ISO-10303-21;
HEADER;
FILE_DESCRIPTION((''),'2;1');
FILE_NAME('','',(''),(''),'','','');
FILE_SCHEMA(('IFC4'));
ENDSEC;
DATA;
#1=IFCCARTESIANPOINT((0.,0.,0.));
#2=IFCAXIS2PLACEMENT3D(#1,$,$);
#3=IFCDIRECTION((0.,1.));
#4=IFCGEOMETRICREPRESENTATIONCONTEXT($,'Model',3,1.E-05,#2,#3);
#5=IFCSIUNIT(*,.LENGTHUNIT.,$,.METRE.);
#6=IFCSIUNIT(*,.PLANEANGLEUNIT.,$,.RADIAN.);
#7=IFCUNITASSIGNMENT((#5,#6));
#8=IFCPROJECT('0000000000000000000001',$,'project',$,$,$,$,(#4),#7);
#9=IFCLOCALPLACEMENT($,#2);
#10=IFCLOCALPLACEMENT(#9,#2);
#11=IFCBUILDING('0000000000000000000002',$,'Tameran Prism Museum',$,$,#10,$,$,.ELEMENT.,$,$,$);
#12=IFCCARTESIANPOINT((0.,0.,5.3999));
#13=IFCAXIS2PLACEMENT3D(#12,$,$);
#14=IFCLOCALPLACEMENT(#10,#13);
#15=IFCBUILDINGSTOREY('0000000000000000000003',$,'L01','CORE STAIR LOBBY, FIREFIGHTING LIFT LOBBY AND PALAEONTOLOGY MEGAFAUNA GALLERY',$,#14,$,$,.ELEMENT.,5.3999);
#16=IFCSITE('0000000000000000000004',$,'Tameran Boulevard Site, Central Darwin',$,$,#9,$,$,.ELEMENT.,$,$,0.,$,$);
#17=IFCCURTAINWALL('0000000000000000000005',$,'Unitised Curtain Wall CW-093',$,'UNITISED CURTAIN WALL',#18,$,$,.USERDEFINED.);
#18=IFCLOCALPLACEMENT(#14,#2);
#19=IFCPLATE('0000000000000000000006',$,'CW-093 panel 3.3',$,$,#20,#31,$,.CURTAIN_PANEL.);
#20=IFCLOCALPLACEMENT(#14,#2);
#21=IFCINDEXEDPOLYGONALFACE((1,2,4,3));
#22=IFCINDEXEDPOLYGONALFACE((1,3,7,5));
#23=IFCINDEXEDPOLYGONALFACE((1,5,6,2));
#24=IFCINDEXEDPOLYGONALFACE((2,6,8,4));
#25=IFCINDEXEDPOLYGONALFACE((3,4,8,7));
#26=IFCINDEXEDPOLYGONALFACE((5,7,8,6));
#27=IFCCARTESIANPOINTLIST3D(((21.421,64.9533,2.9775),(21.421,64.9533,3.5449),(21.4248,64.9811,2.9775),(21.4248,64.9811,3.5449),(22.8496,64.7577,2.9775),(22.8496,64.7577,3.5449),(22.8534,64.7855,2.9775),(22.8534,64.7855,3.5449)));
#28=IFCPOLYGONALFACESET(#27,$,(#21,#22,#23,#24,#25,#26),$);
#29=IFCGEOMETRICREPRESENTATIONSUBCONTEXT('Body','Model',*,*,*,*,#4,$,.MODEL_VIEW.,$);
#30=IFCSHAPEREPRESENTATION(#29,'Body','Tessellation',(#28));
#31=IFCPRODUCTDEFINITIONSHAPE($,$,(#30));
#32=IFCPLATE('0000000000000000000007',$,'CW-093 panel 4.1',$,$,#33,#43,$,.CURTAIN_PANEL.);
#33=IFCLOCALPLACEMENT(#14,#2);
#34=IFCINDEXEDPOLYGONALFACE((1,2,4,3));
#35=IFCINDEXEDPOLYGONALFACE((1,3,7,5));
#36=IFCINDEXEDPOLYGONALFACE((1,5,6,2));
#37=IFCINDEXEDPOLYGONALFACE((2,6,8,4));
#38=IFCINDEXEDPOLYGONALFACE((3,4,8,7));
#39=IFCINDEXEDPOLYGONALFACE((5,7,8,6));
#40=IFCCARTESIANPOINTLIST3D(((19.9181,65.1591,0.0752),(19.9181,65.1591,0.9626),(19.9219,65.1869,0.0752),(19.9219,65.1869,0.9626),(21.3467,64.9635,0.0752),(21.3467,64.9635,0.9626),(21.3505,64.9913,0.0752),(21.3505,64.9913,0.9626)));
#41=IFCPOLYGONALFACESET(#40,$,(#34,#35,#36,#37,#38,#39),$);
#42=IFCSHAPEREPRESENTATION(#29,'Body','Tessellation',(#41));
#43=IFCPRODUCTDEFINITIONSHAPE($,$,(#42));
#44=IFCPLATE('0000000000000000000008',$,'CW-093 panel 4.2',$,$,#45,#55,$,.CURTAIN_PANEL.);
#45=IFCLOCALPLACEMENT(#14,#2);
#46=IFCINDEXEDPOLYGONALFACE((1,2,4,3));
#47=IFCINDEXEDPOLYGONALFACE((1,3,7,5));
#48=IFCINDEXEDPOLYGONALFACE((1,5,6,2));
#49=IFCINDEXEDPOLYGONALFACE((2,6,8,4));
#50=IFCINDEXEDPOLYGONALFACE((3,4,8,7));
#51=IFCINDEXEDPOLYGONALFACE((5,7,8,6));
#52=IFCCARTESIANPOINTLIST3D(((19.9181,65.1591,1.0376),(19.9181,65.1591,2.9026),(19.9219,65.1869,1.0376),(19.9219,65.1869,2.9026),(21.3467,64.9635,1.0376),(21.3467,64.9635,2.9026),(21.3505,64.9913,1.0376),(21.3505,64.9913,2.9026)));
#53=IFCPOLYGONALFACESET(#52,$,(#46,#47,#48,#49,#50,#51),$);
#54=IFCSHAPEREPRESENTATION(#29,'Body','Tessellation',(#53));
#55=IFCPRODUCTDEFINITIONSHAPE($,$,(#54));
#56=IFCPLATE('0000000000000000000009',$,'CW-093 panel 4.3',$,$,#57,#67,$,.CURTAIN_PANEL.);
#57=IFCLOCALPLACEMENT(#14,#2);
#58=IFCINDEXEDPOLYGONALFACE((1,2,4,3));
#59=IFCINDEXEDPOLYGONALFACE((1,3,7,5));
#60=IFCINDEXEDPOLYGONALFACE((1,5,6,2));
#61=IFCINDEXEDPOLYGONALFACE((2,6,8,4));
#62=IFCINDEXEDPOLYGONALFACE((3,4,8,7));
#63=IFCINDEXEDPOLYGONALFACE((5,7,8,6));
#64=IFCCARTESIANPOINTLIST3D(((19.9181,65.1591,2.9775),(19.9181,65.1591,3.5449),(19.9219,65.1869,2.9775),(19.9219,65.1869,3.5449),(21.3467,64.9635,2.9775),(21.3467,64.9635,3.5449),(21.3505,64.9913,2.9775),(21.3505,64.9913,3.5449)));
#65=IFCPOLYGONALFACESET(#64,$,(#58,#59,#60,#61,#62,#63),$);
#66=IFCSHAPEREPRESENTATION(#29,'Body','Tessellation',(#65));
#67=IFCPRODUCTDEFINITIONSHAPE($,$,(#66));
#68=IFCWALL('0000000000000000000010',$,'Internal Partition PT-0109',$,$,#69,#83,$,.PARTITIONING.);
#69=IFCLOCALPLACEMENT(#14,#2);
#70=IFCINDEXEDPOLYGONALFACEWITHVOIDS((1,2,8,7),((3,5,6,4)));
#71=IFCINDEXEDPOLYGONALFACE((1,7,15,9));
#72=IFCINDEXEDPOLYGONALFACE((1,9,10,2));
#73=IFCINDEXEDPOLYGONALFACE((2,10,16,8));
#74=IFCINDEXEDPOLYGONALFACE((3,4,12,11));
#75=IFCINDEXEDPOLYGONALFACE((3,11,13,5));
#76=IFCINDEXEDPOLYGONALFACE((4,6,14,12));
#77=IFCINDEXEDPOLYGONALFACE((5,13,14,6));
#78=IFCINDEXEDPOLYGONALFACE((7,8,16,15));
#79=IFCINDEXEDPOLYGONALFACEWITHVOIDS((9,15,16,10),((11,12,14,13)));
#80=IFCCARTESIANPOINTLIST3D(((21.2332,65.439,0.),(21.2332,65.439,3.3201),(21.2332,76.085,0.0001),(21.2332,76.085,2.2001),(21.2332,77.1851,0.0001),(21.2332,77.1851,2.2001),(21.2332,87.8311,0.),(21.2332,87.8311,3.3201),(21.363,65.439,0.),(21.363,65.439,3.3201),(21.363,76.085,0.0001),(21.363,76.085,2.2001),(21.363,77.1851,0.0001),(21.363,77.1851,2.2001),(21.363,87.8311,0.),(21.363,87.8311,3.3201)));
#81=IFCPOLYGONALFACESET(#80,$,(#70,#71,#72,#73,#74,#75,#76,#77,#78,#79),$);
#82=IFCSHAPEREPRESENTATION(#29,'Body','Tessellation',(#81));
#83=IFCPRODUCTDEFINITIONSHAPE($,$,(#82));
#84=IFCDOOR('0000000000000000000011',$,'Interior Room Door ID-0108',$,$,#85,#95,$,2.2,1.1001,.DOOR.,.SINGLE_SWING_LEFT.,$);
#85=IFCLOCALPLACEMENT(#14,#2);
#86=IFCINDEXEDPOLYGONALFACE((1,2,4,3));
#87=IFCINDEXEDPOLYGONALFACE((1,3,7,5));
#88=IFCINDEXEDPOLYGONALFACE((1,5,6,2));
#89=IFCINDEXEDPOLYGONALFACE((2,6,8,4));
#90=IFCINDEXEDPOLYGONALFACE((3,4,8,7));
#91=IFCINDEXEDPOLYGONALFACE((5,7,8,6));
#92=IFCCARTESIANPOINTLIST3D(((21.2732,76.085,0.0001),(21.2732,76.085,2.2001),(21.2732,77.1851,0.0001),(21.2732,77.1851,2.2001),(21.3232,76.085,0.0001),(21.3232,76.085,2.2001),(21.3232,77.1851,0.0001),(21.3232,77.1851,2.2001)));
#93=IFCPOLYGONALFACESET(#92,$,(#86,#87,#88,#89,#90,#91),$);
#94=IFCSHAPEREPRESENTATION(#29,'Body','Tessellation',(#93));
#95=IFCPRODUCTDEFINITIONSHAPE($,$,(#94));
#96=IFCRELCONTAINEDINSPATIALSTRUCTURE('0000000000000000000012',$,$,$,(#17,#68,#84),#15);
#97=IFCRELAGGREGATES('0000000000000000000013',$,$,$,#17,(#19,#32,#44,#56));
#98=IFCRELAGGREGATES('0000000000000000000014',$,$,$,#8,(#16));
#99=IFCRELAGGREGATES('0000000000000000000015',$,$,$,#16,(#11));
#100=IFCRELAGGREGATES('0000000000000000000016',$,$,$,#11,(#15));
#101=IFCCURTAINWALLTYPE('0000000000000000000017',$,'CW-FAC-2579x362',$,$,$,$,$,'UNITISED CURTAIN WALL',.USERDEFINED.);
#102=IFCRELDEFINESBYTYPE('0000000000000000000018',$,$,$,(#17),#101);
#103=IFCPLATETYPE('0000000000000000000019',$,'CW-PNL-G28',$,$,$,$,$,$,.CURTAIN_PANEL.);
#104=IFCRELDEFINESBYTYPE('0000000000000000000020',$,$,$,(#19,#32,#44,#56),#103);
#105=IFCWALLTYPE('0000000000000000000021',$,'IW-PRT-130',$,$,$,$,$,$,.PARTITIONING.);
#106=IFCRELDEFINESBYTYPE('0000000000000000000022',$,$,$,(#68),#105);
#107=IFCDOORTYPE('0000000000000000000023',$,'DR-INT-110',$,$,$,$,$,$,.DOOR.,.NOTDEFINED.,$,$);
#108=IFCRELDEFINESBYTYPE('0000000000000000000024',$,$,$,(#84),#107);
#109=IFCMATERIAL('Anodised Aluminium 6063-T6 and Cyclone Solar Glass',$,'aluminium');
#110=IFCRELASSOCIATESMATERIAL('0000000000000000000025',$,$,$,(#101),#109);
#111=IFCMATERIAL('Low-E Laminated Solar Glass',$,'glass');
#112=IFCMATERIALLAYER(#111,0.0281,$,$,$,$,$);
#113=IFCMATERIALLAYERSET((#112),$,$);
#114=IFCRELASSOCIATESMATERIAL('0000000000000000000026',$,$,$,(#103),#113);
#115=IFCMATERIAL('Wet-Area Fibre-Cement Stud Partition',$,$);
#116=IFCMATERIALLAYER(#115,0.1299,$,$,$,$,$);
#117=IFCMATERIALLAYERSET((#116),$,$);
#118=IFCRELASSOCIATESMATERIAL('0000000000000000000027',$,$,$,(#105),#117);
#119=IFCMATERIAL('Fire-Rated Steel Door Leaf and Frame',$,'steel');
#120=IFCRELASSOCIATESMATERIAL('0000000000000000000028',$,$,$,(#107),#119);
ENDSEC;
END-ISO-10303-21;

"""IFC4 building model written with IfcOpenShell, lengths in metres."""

from ifc_helpers import new_model, si_unit, direction, frame, frame_2d, origin, origin_2d, place, context, subcontext, project, spatial, rectangle, extrude, material, layer, layer_set, type_object, element, fill, aggregate, save


model = new_model("IFC4")

# Units and contexts
model_context = context("Model", 3, precision=1e-05, world=origin(), true_north=direction((0.0, 1.0)))
body_context = subcontext(model_context, "Body", "Model", "MODEL_VIEW")
ifc_project = project(units=[si_unit("LENGTHUNIT", "METRE"), si_unit("PLANEANGLEUNIT", "RADIAN")], contexts=[model_context])

# Site, building, storey
site_placement = place(None, origin())
site = spatial("IfcSite", under=ifc_project, at=site_placement, Name="Tameran Boulevard Site, Central Darwin", CompositionType="ELEMENT", RefElevation=0.0)
building_placement = place(site_placement, origin())
building = spatial("IfcBuilding", under=site, at=building_placement, Name="Tameran Prism Museum", CompositionType="ELEMENT")
storey_placement = place(building_placement, frame((0.0, 0.0, 5.3999)))
storey = spatial("IfcBuildingStorey", under=building, at=storey_placement, Name="L01", Description="CORE STAIR LOBBY, FIREFIGHTING LIFT LOBBY AND PALAEONTOLOGY MEGAFAUNA GALLERY", CompositionType="ELEMENT", Elevation=5.3999)

# Curtain wall, plates
ifc_material_1 = material(Name="Anodised Aluminium 6063-T6 and Cyclone Solar Glass", Category="aluminium")
curtain_wall_type = type_object("IfcCurtainWallType", Name="CW-FAC-2579x362", ElementType="UNITISED CURTAIN WALL", PredefinedType="USERDEFINED", material=ifc_material_1)
curtain_wall_placement = place(storey_placement, origin())
curtain_wall = element("IfcCurtainWall", 1, at=curtain_wall_placement, inside=storey, type_object=curtain_wall_type, Name="Unitised Curtain Wall CW-093", ObjectType="UNITISED CURTAIN WALL", PredefinedType="USERDEFINED")
ifc_material_2 = material(Name="Low-E Laminated Solar Glass", Category="glass")
ifc_layer_1 = layer(ifc_material_2, 0.0281)
ifc_layer_set_1 = layer_set([ifc_layer_1])
plate_type = type_object("IfcPlateType", Name="CW-PNL-G28", PredefinedType="CURTAIN_PANEL", material=ifc_layer_set_1)
plate_1_placement = place(storey_placement, frame((22.1372, 64.8694, 2.9775), z_axis=(0.0, 0.0, 1.0), x_axis=(-0.990756, 0.135658, 0.0)))
plate_1 = element("IfcPlate", 2, at=plate_1_placement, type_object=plate_type, Name="CW-093 panel 3.3", PredefinedType="CURTAIN_PANEL", context=body_context, shape_type="SweptSolid", body=[
    extrude(rectangle(XDim=1.4419, YDim=0.0281, at=origin_2d()), origin(), (0.0, 0.0, 1.0), 0.5674),
])
plate_2_placement = place(storey_placement, frame((20.6343, 65.0752, 0.0752), z_axis=(0.0, 0.0, 1.0), x_axis=(-0.990756, 0.135658, 0.0)))
plate_2 = element("IfcPlate", 3, at=plate_2_placement, type_object=plate_type, Name="CW-093 panel 4.1", PredefinedType="CURTAIN_PANEL", context=body_context, shape_type="SweptSolid", body=[
    extrude(rectangle(XDim=1.4419, YDim=0.0281, at=origin_2d()), origin(), (0.0, 0.0, 1.0), 0.8875),
])
plate_3_placement = place(storey_placement, frame((20.6343, 65.0752, 1.0376), z_axis=(0.0, 0.0, 1.0), x_axis=(-0.990756, 0.135658, 0.0)))
plate_3 = element("IfcPlate", 4, at=plate_3_placement, type_object=plate_type, Name="CW-093 panel 4.2", PredefinedType="CURTAIN_PANEL", context=body_context, shape_type="SweptSolid", body=[
    extrude(rectangle(XDim=1.4419, YDim=0.0281, at=origin_2d()), origin(), (0.0, 0.0, 1.0), 1.865),
])
plate_4_placement = place(storey_placement, frame((20.6343, 65.0752, 2.9775), z_axis=(0.0, 0.0, 1.0), x_axis=(-0.990756, 0.135658, 0.0)))
plate_4 = element("IfcPlate", 5, at=plate_4_placement, type_object=plate_type, Name="CW-093 panel 4.3", PredefinedType="CURTAIN_PANEL", context=body_context, shape_type="SweptSolid", body=[
    extrude(rectangle(XDim=1.4419, YDim=0.0281, at=origin_2d()), origin(), (0.0, 0.0, 1.0), 0.5674),
])
aggregate(curtain_wall, [plate_1, plate_2, plate_3, plate_4])

# Wall, opening, door
ifc_material_3 = material(Name="Wet-Area Fibre-Cement Stud Partition")
ifc_layer_2 = layer(ifc_material_3, 0.1299)
ifc_layer_set_2 = layer_set([ifc_layer_2])
wall_type = type_object("IfcWallType", Name="IW-PRT-130", PredefinedType="PARTITIONING", material=ifc_layer_set_2)
wall_placement = place(storey_placement, frame((21.2981, 65.439, 0.0), z_axis=(0.0, 0.0, 1.0), x_axis=(0.0, 1.0, 0.0)))
wall = element("IfcWall", 6, at=wall_placement, inside=storey, type_object=wall_type, Name="Internal Partition PT-0109", PredefinedType="PARTITIONING", context=body_context, shape_type="SweptSolid", body=[
    extrude(rectangle(XDim=22.3921, YDim=0.1299, at=frame_2d((11.196, 0.0))), origin(), (0.0, 0.0, 1.0), 3.3201),
])
opening_placement = place(wall_placement, frame((10.646, 0.0, 0.0)))
opening = element("IfcOpeningElement", 7, at=opening_placement, cuts=wall, PredefinedType="OPENING", context=body_context, shape_type="SweptSolid", body=[
    extrude(rectangle(XDim=1.1001, YDim=2.2, at=frame_2d((0.55, 1.1001))), frame((0.0, 0.075, 0.0), z_axis=(0.0, -1.0, 0.0), x_axis=(1.0, 0.0, 0.0)), (0.0, 0.0, 1.0), 0.1499),
])
ifc_material_4 = material(Name="Fire-Rated Steel Door Leaf and Frame", Category="steel")
door_type = type_object("IfcDoorType", Name="DR-INT-110", OperationType="NOTDEFINED", PredefinedType="DOOR", material=ifc_material_4)
door_placement = place(opening_placement, origin())
door = element("IfcDoor", 8, at=door_placement, inside=storey, type_object=door_type, Name="Interior Room Door ID-0108", OperationType="SINGLE_SWING_LEFT", OverallHeight=2.2, OverallWidth=1.1001, PredefinedType="DOOR", context=body_context, shape_type="SweptSolid", body=[
    extrude(rectangle(XDim=1.1001, YDim=2.2, at=frame_2d((0.55, 1.1001))), frame((0.0, 0.0249, 0.0), z_axis=(0.0, -1.0, 0.0), x_axis=(1.0, 0.0, 0.0)), (0.0, 0.0, 1.0), 0.05),
])
fill(opening, door)

save(model, "model.ifc")
